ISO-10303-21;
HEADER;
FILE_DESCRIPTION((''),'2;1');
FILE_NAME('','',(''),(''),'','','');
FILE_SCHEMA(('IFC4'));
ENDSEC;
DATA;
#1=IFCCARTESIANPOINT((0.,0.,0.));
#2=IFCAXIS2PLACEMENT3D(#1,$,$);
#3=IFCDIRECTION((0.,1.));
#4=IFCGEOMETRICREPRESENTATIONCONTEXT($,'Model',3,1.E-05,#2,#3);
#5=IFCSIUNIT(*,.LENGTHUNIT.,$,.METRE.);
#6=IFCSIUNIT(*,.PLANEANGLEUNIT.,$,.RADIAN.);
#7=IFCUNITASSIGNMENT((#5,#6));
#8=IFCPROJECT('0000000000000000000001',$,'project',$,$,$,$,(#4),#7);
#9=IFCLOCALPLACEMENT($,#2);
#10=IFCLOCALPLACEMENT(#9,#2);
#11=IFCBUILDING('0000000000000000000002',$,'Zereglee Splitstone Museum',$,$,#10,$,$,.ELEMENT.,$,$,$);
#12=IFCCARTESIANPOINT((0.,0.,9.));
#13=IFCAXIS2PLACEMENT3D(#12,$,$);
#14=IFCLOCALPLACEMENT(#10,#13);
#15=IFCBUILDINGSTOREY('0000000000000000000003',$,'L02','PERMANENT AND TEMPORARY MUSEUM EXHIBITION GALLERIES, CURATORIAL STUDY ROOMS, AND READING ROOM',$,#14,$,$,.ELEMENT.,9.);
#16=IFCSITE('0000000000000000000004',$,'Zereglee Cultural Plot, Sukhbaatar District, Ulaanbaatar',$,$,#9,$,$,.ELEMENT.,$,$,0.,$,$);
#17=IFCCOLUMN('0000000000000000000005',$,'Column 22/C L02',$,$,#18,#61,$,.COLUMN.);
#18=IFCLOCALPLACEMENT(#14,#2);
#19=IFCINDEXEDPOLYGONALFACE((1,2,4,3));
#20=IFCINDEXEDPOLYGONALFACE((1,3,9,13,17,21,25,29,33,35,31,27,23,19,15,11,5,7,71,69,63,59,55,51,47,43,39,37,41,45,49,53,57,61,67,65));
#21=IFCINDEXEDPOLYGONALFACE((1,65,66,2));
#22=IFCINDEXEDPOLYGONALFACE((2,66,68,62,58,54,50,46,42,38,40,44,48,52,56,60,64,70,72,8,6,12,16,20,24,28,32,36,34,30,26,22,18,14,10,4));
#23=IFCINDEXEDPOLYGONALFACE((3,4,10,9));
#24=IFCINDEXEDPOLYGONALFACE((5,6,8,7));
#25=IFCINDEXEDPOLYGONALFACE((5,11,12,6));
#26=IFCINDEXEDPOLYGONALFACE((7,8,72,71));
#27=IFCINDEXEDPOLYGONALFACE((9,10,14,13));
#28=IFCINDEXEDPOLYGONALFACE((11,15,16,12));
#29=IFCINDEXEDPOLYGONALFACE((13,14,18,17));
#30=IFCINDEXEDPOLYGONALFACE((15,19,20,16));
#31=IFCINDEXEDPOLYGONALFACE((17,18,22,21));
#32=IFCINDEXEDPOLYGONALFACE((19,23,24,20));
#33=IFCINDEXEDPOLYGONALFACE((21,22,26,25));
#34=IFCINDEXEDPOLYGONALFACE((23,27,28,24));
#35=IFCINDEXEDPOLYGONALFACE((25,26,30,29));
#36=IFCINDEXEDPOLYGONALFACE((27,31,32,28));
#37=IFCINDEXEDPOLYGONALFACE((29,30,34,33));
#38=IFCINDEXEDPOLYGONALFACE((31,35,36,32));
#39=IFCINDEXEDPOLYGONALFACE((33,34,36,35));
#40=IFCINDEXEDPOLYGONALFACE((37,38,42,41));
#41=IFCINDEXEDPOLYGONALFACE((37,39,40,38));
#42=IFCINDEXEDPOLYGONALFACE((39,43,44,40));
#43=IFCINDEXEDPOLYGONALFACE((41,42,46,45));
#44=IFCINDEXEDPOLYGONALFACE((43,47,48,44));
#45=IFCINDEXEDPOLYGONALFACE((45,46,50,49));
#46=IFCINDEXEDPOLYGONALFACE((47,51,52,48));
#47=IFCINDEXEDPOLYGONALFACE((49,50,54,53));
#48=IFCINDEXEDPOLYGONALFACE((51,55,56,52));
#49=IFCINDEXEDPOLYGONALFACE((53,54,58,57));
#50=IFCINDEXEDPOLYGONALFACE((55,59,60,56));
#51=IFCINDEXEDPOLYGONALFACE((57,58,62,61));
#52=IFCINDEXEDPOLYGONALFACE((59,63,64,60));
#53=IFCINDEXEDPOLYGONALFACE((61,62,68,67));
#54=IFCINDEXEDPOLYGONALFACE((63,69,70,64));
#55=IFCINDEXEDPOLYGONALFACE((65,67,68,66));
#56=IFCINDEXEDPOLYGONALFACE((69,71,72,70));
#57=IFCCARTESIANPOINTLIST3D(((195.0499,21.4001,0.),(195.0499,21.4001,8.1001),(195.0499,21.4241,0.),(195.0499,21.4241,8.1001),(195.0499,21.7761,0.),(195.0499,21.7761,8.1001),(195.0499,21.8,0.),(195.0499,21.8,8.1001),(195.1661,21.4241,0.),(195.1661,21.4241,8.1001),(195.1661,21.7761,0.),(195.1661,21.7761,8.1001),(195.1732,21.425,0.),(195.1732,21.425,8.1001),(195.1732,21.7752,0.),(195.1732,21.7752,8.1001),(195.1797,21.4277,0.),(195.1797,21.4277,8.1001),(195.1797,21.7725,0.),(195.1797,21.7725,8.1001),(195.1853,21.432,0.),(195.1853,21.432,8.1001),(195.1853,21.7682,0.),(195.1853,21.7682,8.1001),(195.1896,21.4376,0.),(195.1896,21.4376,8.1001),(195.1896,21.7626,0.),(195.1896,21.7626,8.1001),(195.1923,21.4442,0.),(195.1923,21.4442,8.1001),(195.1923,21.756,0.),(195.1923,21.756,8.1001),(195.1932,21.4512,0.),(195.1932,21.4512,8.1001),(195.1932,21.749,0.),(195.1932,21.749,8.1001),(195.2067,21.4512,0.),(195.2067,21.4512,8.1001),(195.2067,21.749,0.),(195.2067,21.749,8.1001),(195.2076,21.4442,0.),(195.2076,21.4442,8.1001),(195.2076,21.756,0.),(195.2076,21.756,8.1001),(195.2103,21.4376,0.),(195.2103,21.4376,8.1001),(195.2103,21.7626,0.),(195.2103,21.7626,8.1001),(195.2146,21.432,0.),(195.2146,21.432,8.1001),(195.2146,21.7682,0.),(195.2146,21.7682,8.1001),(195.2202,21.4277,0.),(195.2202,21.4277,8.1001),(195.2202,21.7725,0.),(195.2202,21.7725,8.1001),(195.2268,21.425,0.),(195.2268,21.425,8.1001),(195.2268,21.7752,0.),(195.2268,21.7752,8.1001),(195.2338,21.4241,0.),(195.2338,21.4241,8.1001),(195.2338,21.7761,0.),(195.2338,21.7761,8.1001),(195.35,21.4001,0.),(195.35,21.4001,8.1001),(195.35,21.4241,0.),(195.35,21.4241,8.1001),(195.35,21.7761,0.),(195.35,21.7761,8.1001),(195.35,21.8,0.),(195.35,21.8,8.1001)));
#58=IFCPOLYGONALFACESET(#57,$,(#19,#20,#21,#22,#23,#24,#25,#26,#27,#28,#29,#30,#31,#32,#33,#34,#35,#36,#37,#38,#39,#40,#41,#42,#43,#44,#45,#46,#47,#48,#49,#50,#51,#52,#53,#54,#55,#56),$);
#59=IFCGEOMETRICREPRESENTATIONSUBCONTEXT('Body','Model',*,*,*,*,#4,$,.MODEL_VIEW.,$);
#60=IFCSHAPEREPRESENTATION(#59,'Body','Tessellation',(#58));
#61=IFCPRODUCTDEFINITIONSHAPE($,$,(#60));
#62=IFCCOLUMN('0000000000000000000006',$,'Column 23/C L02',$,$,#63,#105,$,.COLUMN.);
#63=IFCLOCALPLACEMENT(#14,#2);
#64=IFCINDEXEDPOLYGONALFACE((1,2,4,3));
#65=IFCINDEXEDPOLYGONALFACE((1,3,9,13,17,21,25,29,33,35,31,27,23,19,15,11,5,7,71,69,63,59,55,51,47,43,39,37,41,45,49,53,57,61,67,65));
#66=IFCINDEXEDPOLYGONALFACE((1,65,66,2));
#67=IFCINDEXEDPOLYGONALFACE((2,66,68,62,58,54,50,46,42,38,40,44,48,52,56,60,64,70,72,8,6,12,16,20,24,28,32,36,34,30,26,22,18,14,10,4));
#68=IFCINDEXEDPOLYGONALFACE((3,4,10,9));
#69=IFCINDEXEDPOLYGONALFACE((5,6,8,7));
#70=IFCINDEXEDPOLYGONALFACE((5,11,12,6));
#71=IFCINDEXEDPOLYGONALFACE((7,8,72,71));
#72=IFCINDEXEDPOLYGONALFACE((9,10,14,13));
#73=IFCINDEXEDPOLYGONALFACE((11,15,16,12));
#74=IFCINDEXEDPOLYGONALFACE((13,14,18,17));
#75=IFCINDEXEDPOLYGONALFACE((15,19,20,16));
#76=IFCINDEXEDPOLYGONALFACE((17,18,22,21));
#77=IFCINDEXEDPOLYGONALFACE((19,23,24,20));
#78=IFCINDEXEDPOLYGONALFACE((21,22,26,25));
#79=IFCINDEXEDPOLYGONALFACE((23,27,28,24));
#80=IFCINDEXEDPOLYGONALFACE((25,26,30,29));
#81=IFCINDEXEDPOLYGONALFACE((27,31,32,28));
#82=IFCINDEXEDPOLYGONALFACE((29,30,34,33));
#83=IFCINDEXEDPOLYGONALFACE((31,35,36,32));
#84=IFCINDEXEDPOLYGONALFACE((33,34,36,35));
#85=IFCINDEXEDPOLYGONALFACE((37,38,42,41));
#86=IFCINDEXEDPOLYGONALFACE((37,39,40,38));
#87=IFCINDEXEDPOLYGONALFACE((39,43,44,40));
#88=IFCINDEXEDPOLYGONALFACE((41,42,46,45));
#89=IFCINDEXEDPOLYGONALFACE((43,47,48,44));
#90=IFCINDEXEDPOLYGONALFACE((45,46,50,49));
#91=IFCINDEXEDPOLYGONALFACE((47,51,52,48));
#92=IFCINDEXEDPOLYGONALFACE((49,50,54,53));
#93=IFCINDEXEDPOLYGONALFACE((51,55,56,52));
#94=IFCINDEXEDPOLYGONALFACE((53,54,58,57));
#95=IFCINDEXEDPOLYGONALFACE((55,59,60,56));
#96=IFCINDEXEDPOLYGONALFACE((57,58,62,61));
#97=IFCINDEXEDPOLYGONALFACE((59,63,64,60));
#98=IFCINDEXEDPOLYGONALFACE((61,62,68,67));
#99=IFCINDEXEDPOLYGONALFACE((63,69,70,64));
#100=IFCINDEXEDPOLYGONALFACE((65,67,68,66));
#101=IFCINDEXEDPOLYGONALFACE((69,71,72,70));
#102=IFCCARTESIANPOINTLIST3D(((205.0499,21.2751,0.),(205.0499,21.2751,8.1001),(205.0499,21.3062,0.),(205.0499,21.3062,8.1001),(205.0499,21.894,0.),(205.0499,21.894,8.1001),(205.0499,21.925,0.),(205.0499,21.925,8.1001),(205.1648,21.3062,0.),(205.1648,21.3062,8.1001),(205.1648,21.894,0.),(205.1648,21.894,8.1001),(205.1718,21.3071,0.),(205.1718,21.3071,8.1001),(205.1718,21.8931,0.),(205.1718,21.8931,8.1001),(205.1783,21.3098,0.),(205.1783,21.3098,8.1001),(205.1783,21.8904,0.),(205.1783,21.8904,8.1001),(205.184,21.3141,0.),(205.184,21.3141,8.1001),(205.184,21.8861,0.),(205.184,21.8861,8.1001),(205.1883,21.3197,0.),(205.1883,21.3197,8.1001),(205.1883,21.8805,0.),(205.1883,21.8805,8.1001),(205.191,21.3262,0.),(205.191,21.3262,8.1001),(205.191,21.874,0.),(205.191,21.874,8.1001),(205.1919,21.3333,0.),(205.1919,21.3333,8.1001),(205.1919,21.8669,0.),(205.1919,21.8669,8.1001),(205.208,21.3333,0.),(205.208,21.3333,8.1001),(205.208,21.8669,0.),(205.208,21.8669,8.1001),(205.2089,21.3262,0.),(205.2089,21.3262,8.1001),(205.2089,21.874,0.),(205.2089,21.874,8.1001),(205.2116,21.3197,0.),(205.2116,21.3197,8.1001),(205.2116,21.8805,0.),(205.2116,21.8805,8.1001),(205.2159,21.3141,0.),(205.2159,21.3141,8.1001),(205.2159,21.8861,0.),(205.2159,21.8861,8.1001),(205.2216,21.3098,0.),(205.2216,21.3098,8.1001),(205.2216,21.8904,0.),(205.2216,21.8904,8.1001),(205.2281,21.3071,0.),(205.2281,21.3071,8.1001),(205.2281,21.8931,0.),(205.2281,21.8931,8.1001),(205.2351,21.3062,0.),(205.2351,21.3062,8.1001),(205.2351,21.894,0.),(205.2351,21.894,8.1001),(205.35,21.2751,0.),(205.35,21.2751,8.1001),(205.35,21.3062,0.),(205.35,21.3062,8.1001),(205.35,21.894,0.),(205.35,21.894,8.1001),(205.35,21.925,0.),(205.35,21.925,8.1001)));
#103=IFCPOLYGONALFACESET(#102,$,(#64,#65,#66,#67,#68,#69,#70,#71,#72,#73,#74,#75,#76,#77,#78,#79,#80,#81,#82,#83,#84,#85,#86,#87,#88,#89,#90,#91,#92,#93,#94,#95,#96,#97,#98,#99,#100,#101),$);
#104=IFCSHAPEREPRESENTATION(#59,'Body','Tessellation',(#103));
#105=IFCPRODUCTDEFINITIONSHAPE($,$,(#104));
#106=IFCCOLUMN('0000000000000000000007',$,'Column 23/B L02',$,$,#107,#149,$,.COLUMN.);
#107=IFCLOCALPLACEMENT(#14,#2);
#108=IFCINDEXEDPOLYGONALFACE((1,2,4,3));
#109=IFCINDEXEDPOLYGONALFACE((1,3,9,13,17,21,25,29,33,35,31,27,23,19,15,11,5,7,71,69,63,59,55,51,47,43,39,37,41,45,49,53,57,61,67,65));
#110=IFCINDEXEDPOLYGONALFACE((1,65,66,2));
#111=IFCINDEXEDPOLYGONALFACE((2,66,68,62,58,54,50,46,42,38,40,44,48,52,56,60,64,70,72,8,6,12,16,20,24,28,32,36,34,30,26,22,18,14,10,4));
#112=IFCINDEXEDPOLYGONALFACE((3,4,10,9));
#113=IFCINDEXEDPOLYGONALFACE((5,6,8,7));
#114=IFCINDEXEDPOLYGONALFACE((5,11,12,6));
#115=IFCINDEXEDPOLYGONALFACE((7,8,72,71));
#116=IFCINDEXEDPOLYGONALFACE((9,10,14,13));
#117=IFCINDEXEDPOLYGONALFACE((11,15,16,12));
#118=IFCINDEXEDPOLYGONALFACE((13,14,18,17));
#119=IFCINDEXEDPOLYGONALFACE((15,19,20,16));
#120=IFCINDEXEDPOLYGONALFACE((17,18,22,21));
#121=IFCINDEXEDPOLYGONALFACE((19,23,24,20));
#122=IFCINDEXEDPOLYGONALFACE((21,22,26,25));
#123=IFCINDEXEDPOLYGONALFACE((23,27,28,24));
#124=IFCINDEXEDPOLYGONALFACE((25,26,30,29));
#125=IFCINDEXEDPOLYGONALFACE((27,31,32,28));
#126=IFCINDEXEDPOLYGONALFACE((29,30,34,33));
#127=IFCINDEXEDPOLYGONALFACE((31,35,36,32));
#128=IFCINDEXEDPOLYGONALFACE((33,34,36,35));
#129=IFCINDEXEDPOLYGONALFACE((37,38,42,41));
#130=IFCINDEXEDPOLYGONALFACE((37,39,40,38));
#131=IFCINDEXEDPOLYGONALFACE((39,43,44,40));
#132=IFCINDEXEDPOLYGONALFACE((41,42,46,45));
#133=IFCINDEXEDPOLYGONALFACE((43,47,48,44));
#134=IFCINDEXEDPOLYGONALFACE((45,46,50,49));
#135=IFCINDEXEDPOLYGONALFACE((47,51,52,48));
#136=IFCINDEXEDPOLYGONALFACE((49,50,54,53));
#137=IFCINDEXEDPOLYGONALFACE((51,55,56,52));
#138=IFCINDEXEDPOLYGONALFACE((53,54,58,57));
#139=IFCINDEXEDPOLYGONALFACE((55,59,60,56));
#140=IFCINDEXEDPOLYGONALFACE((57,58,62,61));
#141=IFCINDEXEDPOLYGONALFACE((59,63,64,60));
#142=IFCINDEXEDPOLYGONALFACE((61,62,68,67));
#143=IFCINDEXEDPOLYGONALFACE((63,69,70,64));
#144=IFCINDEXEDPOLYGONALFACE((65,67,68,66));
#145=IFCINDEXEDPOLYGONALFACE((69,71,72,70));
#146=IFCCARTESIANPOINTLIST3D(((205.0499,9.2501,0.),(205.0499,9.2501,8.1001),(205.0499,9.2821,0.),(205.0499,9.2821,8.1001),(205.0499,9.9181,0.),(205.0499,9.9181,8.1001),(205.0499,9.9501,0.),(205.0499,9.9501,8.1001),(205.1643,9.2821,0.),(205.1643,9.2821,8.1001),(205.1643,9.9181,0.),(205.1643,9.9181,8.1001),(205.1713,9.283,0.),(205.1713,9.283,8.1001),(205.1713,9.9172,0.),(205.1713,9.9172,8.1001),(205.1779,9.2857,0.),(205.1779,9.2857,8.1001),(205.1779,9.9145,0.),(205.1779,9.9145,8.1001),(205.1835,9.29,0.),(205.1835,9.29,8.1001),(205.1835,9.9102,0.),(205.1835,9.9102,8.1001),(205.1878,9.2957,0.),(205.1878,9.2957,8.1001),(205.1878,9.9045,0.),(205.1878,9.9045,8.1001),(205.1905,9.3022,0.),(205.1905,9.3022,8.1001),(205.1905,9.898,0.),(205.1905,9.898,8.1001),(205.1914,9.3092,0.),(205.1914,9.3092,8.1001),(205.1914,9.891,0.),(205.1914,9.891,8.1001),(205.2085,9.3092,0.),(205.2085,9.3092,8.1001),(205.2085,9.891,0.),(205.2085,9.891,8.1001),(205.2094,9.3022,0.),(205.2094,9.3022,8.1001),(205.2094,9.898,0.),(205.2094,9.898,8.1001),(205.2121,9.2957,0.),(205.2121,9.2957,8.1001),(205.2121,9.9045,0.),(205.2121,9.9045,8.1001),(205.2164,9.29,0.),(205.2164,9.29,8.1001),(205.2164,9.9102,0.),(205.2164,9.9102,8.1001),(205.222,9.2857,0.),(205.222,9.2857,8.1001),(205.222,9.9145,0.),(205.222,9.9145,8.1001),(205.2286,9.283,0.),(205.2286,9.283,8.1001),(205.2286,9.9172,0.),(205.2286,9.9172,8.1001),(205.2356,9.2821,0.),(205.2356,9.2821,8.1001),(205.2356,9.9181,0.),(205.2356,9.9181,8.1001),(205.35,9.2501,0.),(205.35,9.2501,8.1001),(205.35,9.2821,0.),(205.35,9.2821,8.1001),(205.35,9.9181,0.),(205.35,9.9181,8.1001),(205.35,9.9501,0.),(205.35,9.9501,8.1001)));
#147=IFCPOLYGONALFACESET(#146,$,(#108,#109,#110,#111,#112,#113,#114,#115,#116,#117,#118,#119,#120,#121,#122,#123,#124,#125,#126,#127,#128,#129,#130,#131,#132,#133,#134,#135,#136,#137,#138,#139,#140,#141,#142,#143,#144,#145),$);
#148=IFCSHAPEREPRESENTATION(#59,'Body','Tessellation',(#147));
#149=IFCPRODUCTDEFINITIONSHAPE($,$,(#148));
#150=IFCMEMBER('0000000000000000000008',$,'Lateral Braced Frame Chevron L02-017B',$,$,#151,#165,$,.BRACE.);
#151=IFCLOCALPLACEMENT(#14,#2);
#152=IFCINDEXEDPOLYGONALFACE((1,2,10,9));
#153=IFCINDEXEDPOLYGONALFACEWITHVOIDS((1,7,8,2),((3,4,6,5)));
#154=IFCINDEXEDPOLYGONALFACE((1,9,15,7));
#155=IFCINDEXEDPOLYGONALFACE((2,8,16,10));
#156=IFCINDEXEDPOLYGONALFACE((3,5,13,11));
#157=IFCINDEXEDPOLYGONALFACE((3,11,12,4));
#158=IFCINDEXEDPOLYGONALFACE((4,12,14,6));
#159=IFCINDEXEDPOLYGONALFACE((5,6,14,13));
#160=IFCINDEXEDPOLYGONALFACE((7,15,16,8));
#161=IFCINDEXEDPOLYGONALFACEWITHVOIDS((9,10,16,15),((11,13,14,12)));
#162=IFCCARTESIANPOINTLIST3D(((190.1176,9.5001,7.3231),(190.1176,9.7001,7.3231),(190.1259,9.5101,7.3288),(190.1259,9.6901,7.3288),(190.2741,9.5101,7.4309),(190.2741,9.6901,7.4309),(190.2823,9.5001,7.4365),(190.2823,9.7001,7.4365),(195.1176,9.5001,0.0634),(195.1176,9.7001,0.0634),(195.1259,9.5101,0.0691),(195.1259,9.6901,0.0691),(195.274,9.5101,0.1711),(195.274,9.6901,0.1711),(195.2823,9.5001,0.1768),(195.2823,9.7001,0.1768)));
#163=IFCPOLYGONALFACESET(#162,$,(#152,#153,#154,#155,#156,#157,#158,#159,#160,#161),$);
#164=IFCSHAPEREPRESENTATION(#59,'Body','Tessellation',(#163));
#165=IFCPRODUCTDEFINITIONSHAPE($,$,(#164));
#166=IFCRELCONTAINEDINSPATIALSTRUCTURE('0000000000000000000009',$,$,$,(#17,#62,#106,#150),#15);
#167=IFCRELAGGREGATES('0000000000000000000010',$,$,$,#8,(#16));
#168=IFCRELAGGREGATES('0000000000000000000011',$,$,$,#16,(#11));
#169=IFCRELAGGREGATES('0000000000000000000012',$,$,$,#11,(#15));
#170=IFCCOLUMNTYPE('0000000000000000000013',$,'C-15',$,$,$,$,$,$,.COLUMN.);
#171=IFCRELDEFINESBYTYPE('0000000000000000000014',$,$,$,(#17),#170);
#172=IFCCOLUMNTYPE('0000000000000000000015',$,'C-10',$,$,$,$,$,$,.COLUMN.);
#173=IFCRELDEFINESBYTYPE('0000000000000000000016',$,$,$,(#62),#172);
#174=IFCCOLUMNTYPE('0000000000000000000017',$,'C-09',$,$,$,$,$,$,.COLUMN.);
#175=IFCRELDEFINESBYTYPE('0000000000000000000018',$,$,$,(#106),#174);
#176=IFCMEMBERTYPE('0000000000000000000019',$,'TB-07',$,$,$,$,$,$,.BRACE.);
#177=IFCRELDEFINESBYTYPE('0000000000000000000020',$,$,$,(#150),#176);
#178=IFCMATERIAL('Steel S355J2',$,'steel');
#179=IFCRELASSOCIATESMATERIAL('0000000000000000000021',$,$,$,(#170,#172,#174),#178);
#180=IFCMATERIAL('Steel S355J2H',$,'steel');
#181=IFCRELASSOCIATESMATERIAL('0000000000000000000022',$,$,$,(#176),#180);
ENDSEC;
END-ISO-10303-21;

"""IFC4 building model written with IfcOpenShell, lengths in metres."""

from ifc_helpers import new_model, si_unit, direction, frame, origin, origin_2d, place, context, subcontext, project, spatial, hollow_rectangle, i_section, extrude, material, material_profile, profile_set, type_object, element, save


model = new_model("IFC4")

# Units and contexts
model_context = context("Model", 3, precision=1e-05, world=origin(), true_north=direction((0.0, 1.0)))
body_context = subcontext(model_context, "Body", "Model", "MODEL_VIEW")
ifc_project = project(units=[si_unit("LENGTHUNIT", "METRE"), si_unit("PLANEANGLEUNIT", "RADIAN")], contexts=[model_context])

# Site, building, storey
site_placement = place(None, origin())
site = spatial("IfcSite", under=ifc_project, at=site_placement, Name="Zereglee Cultural Plot, Sukhbaatar District, Ulaanbaatar", CompositionType="ELEMENT", RefElevation=0.0)
building_placement = place(site_placement, origin())
building = spatial("IfcBuilding", under=site, at=building_placement, Name="Zereglee Splitstone Museum", CompositionType="ELEMENT")
storey_placement = place(building_placement, frame((0.0, 0.0, 9.0)))
storey = spatial("IfcBuildingStorey", under=building, at=storey_placement, Name="L02", Description="PERMANENT AND TEMPORARY MUSEUM EXHIBITION GALLERIES, CURATORIAL STUDY ROOMS, AND READING ROOM", CompositionType="ELEMENT", Elevation=9.0)

# Columns
ifc_material_1 = material(Name="Steel S355J2", Category="steel")
ifc_material_profile_1 = material_profile(ifc_material_1, i_section(OverallWidth=0.3, OverallDepth=0.3999, WebThickness=0.0134, FlangeThickness=0.0239, FilletRadius=0.0271, at=origin_2d()), Name="HE 400 B")
ifc_profile_set_1 = profile_set([ifc_material_profile_1], Name="Steel S355J2")
column_type_1 = type_object("IfcColumnType", Name="C-15", PredefinedType="COLUMN", material=ifc_profile_set_1)
column_1_placement = place(storey_placement, frame((195.2, 21.6001, 0.0), z_axis=(0.0, 0.0, 1.0), x_axis=(1.0, 0.0, 0.0)))
element("IfcColumn", 1, at=column_1_placement, inside=storey, type_object=column_type_1, Name="Column 22/C L02", PredefinedType="COLUMN", context=body_context, shape_type="SweptSolid", body=[
    extrude(i_section(OverallWidth=0.3, OverallDepth=0.3999, WebThickness=0.0134, FlangeThickness=0.0239, FilletRadius=0.0271, at=origin_2d()), origin(), (0.0, 0.0, 1.0), 8.1001),
])
ifc_material_profile_2 = material_profile(ifc_material_1, i_section(OverallWidth=0.3, OverallDepth=0.6499, WebThickness=0.0161, FlangeThickness=0.031, FilletRadius=0.0271, at=origin_2d()), Name="HE 650 B")
ifc_profile_set_2 = profile_set([ifc_material_profile_2], Name="Steel S355J2")
column_type_2 = type_object("IfcColumnType", Name="C-10", PredefinedType="COLUMN", material=ifc_profile_set_2)
column_2_placement = place(storey_placement, frame((205.2, 21.6001, 0.0), z_axis=(0.0, 0.0, 1.0), x_axis=(1.0, 0.0, 0.0)))
element("IfcColumn", 2, at=column_2_placement, inside=storey, type_object=column_type_2, Name="Column 23/C L02", PredefinedType="COLUMN", context=body_context, shape_type="SweptSolid", body=[
    extrude(i_section(OverallWidth=0.3, OverallDepth=0.6499, WebThickness=0.0161, FlangeThickness=0.031, FilletRadius=0.0271, at=origin_2d()), origin(), (0.0, 0.0, 1.0), 8.1001),
])
ifc_material_profile_3 = material_profile(ifc_material_1, i_section(OverallWidth=0.3, OverallDepth=0.7, WebThickness=0.0171, FlangeThickness=0.032, FilletRadius=0.0271, at=origin_2d()), Name="HE 700 B")
ifc_profile_set_3 = profile_set([ifc_material_profile_3], Name="Steel S355J2")
column_type_3 = type_object("IfcColumnType", Name="C-09", PredefinedType="COLUMN", material=ifc_profile_set_3)
column_3_placement = place(storey_placement, frame((205.2, 9.6001, 0.0), z_axis=(0.0, 0.0, 1.0), x_axis=(1.0, 0.0, 0.0)))
element("IfcColumn", 3, at=column_3_placement, inside=storey, type_object=column_type_3, Name="Column 23/B L02", PredefinedType="COLUMN", context=body_context, shape_type="SweptSolid", body=[
    extrude(i_section(OverallWidth=0.3, OverallDepth=0.7, WebThickness=0.0171, FlangeThickness=0.032, FilletRadius=0.0271, at=origin_2d()), origin(), (0.0, 0.0, 1.0), 8.1001),
])

# Member
ifc_material_2 = material(Name="Steel S355J2H", Category="steel")
ifc_material_profile_4 = material_profile(ifc_material_2, hollow_rectangle(XDim=0.2, YDim=0.2, WallThickness=0.01, at=origin_2d()), Name="SHS 200x200x10")
ifc_profile_set_4 = profile_set([ifc_material_profile_4], Name="Steel S355J2H")
member_type = type_object("IfcMemberType", Name="TB-07", PredefinedType="BRACE", material=ifc_profile_set_4)
member_placement = place(storey_placement, frame((195.2, 9.6001, 0.1201), z_axis=(-0.567215, 0.0, 0.82357), x_axis=(0.0, -1.0, 0.0)))
element("IfcMember", 4, at=member_placement, inside=storey, type_object=member_type, Name="Lateral Braced Frame Chevron L02-017B", PredefinedType="BRACE", context=body_context, shape_type="SweptSolid", body=[
    extrude(hollow_rectangle(XDim=0.2, YDim=0.2, WallThickness=0.01, at=origin_2d()), origin(), (0.0, 0.0, 1.0), 8.8149),
])

save(model, "model.ifc")
